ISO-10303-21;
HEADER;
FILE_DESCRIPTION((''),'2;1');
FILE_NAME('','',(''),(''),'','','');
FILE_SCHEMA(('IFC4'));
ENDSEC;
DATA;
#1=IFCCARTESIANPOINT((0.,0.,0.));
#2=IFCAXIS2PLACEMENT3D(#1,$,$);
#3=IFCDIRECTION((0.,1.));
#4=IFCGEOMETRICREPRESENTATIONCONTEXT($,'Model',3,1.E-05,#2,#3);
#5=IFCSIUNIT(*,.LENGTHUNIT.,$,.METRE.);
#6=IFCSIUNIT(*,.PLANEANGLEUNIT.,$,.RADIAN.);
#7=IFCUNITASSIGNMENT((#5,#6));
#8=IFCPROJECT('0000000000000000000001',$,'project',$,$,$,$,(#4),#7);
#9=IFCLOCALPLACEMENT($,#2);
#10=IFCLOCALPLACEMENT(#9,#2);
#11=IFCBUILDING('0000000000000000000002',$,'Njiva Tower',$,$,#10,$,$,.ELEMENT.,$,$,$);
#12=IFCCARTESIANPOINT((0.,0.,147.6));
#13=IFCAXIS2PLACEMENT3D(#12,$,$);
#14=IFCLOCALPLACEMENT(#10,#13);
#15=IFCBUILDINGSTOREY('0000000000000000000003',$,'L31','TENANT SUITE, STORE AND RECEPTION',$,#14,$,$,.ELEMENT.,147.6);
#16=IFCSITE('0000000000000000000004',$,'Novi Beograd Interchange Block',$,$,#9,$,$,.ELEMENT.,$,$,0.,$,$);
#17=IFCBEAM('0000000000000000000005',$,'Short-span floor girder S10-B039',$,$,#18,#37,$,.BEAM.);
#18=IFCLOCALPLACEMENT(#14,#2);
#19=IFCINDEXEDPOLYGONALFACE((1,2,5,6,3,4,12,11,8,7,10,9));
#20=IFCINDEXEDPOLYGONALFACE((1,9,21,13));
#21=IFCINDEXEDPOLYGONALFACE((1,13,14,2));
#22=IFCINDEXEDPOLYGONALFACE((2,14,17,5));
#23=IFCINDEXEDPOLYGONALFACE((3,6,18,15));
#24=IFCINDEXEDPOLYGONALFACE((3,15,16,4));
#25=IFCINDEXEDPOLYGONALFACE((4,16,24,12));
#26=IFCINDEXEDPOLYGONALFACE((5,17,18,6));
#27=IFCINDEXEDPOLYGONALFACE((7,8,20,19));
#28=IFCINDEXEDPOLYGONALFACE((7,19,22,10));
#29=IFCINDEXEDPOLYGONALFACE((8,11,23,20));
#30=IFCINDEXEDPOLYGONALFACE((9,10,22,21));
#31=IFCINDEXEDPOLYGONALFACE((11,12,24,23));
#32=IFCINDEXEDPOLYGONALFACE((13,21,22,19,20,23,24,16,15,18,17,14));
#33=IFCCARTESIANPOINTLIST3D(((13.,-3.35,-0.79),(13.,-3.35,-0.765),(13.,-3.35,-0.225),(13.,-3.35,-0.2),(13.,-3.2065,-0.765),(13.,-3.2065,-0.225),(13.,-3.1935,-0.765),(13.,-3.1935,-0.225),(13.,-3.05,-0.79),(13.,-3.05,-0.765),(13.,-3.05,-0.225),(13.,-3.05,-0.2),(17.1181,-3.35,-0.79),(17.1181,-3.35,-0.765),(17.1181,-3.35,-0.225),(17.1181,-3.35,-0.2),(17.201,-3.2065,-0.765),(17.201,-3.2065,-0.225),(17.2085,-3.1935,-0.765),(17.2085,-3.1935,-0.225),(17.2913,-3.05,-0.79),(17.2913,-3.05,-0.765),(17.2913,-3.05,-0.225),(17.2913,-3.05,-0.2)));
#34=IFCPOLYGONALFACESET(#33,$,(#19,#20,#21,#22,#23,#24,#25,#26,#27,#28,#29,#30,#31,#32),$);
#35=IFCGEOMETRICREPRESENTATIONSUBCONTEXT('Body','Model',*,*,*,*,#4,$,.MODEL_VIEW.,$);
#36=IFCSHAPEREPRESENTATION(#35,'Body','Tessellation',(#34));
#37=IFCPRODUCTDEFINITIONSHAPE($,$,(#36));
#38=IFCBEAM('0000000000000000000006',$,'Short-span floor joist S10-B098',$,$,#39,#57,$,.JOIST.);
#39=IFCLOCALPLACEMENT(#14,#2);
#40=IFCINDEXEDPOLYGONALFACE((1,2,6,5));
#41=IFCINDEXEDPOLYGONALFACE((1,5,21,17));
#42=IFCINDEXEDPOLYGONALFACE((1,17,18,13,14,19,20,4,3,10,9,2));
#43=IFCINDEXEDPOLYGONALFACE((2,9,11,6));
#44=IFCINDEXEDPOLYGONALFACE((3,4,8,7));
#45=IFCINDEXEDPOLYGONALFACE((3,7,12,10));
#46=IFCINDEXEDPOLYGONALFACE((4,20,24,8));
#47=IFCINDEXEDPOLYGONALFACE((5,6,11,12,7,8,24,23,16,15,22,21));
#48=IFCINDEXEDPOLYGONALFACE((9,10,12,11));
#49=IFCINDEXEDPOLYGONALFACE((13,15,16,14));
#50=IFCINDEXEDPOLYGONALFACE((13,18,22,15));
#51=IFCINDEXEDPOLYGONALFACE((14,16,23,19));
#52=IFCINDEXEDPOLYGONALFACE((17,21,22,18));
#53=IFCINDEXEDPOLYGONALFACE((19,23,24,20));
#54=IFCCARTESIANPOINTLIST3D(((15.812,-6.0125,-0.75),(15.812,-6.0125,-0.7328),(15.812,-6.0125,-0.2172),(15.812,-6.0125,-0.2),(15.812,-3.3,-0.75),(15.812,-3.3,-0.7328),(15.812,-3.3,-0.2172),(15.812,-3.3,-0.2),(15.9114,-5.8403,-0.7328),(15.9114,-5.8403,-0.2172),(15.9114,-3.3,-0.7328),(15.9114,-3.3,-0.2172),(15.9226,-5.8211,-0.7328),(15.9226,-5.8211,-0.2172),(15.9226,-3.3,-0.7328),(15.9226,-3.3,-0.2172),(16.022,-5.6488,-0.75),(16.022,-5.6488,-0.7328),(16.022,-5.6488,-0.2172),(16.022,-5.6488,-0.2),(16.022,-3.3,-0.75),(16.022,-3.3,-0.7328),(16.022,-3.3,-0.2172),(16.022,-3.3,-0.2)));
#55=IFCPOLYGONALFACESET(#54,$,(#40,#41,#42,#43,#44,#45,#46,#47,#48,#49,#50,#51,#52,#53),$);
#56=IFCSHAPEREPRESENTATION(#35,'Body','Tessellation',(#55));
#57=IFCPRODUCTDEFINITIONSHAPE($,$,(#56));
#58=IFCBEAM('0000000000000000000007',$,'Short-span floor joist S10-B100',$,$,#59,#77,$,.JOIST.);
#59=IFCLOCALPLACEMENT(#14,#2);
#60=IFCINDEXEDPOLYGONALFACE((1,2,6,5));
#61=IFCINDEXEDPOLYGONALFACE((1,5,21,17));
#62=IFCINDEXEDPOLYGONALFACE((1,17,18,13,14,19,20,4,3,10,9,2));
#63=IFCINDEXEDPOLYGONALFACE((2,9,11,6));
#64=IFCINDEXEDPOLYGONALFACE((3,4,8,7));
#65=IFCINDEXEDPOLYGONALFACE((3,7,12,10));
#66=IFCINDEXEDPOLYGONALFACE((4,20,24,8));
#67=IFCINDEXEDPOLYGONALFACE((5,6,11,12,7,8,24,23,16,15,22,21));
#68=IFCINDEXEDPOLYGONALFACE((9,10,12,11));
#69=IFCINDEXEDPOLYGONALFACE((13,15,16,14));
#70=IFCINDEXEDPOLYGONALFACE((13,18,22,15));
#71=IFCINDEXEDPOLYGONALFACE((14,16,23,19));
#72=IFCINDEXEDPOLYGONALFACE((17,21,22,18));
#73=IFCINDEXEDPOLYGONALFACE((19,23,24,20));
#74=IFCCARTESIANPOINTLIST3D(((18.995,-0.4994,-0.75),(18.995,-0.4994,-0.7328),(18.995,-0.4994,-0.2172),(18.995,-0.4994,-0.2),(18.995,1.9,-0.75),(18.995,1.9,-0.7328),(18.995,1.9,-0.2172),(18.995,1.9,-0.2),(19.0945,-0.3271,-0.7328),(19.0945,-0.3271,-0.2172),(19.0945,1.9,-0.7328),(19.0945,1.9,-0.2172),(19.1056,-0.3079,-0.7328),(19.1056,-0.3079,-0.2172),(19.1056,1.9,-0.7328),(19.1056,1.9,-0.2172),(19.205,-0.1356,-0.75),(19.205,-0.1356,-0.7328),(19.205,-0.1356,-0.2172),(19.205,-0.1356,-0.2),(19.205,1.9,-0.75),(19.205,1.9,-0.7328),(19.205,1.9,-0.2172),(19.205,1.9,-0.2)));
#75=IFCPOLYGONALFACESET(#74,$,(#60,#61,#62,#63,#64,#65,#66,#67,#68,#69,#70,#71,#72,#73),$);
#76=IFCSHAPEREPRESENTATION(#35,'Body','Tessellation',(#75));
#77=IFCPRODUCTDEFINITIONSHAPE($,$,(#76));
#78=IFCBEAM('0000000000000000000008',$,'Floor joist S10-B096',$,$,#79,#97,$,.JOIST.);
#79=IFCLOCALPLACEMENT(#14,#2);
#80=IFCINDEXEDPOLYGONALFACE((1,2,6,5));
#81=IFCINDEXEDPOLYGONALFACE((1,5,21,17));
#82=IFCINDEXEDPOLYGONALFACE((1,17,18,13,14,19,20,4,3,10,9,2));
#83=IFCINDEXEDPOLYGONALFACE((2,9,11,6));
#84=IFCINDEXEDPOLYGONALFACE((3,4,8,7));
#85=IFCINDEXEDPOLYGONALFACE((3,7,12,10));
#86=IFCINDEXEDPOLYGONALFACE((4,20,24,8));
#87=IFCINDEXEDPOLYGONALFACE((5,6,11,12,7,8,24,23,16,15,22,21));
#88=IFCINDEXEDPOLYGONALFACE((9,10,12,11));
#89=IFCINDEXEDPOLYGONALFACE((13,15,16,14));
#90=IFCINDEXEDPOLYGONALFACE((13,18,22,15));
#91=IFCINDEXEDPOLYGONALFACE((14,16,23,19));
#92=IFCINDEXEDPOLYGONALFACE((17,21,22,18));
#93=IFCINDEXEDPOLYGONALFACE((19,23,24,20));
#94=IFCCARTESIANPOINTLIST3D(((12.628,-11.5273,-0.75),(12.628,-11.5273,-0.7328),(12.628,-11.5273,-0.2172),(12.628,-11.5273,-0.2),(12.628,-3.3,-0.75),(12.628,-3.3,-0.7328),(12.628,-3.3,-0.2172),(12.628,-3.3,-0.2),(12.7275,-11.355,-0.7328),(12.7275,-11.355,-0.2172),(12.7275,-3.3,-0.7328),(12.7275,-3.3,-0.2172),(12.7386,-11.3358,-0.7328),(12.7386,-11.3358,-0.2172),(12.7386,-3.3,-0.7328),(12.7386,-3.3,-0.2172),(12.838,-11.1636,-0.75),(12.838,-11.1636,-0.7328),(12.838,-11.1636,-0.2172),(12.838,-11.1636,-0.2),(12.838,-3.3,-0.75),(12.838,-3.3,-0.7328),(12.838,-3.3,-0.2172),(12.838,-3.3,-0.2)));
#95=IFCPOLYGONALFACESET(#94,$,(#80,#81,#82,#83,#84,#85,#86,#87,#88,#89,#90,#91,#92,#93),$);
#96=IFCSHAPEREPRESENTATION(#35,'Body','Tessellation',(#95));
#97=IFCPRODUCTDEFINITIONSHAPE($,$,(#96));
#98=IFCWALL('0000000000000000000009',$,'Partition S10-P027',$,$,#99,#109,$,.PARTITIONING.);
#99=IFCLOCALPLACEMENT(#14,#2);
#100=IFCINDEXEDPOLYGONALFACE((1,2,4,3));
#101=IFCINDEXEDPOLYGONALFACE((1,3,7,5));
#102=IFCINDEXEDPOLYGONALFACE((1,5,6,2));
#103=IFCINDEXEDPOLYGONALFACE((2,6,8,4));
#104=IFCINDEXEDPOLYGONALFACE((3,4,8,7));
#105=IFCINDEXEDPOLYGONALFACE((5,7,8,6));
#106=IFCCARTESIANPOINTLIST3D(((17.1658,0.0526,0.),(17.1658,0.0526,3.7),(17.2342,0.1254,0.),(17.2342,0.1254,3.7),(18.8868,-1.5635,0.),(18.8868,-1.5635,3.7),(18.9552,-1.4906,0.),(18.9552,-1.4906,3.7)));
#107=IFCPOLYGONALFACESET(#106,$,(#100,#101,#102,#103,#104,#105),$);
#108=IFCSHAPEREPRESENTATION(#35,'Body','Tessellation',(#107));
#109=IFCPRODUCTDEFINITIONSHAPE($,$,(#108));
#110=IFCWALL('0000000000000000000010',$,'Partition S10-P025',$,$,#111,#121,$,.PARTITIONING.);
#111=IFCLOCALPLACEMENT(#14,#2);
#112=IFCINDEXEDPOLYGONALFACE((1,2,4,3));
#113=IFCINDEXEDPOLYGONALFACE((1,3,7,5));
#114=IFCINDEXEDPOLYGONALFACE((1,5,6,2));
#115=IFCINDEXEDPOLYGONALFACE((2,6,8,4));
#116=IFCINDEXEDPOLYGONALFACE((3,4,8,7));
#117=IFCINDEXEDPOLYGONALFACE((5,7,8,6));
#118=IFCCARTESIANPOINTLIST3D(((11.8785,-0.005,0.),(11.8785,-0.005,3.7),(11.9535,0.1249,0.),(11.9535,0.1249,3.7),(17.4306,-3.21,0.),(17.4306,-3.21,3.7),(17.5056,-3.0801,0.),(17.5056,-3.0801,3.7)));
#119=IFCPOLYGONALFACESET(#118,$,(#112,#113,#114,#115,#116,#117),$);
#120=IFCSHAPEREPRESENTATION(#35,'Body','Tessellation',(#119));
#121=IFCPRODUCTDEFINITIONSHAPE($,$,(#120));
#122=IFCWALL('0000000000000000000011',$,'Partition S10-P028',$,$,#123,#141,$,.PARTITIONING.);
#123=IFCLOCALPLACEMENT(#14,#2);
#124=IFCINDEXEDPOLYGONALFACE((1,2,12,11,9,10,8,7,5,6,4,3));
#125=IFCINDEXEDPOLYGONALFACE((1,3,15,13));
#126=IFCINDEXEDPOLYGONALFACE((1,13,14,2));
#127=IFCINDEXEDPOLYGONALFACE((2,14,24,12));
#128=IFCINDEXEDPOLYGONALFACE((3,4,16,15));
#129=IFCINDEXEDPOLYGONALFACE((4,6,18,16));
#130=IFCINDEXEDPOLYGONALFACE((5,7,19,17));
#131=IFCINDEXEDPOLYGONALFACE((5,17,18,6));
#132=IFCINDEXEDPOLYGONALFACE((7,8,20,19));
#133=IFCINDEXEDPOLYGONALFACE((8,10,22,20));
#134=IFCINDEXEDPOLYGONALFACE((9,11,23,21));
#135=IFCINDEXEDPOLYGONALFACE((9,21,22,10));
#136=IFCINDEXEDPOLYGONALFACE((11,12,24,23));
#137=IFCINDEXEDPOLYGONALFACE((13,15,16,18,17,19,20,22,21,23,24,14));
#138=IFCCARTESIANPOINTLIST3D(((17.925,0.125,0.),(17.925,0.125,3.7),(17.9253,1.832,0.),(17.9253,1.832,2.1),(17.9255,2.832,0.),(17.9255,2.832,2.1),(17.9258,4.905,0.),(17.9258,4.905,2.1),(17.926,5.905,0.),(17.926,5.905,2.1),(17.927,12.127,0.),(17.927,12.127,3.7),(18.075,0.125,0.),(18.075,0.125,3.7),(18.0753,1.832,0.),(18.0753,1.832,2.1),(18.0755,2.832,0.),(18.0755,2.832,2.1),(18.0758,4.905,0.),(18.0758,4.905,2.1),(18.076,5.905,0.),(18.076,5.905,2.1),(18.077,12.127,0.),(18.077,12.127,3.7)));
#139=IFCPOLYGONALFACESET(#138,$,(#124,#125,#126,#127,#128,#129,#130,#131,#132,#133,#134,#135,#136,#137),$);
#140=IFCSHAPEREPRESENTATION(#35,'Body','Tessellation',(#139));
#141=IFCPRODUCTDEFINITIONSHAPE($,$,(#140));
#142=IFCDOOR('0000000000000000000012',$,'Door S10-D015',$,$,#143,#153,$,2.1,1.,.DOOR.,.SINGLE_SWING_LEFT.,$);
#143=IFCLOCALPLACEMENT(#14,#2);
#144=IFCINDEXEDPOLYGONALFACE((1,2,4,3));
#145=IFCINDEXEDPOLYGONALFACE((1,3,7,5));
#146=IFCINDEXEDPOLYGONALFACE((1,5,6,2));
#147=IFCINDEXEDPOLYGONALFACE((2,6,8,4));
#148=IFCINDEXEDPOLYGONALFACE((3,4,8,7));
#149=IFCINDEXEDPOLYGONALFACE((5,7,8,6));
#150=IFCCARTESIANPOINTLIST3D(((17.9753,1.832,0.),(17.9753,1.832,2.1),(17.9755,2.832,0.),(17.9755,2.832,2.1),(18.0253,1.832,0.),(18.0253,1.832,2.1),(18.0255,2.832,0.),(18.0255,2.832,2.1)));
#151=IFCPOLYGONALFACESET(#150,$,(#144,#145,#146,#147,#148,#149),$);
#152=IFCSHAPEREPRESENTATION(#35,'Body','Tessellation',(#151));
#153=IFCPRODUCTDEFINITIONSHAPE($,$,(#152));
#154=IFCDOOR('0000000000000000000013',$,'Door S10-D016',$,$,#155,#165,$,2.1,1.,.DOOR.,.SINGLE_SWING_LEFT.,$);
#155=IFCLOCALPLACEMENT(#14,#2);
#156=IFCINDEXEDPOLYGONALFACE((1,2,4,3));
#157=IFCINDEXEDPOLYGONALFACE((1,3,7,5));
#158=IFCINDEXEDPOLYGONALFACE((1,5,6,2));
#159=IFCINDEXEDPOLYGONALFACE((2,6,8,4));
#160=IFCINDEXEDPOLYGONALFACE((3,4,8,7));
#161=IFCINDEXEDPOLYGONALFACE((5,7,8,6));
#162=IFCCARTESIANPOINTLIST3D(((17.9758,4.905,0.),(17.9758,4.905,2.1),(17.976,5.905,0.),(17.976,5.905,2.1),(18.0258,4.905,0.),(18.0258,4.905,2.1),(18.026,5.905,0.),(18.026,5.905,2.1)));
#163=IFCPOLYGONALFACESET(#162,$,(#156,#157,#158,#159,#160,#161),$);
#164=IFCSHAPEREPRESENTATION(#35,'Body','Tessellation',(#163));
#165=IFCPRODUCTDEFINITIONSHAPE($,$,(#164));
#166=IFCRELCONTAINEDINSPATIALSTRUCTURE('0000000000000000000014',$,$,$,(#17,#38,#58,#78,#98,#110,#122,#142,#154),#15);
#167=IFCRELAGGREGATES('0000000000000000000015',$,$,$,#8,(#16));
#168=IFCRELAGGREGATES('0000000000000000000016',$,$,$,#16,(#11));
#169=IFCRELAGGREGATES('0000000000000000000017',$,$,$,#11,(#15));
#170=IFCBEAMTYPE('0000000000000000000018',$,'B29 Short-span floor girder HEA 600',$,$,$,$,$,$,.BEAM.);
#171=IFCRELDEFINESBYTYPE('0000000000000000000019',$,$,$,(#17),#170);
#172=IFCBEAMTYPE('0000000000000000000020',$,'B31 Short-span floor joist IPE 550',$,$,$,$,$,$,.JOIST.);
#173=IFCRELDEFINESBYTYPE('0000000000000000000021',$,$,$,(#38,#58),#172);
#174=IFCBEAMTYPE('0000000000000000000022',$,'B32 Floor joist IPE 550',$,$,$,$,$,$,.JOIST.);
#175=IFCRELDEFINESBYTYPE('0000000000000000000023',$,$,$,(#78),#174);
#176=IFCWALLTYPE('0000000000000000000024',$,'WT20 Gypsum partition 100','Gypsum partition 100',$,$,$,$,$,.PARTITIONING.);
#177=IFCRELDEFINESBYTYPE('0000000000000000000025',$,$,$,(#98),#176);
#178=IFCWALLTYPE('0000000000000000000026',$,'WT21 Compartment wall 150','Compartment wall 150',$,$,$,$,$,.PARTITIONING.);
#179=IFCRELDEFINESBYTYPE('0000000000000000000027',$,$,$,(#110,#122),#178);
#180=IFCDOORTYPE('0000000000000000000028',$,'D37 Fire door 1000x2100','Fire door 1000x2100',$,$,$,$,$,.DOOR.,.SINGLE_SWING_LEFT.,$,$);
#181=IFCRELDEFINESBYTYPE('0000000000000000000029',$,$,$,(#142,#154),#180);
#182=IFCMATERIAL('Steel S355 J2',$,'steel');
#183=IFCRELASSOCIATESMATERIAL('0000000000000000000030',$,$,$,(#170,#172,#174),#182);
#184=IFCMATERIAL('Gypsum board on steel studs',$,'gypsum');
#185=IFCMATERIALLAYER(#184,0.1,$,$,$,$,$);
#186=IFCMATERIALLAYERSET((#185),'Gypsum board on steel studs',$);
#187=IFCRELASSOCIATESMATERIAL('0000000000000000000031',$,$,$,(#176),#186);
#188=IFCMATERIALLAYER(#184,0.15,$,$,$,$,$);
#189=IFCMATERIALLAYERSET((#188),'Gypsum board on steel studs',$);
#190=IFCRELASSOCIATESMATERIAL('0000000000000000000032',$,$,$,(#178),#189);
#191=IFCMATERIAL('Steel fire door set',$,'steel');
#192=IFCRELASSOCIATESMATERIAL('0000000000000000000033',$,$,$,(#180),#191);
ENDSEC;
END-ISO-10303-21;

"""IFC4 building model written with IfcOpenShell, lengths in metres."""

from ifc_helpers import new_model, si_unit, direction, frame, frame_2d, origin, origin_2d, place, context, subcontext, project, spatial, rectangle, i_section, extrude, clip, halfspace, material, layer, layer_set, material_profile, profile_set, type_object, element, fill, save


model = new_model("IFC4")

# Units and contexts
model_context = context("Model", 3, precision=1e-05, world=origin(), true_north=direction((0.0, 1.0)))
body_context = subcontext(model_context, "Body", "Model", "MODEL_VIEW")
ifc_project = project(units=[si_unit("LENGTHUNIT", "METRE"), si_unit("PLANEANGLEUNIT", "RADIAN")], contexts=[model_context])

# Site, building, storey
site_placement = place(None, origin())
site = spatial("IfcSite", under=ifc_project, at=site_placement, Name="Novi Beograd Interchange Block", CompositionType="ELEMENT", RefElevation=0.0)
building_placement = place(site_placement, origin())
building = spatial("IfcBuilding", under=site, at=building_placement, Name="Njiva Tower", CompositionType="ELEMENT")
storey_placement = place(building_placement, frame((0.0, 0.0, 147.6)))
storey = spatial("IfcBuildingStorey", under=building, at=storey_placement, Name="L31", Description="TENANT SUITE, STORE AND RECEPTION", CompositionType="ELEMENT", Elevation=147.6)

# Shared definitions
ifc_material_1 = material(Name="Steel S355 J2", Category="steel")

# Beams
ifc_material_profile_1 = material_profile(ifc_material_1, i_section(OverallWidth=0.3, OverallDepth=0.59, WebThickness=0.013, FlangeThickness=0.025, at=origin_2d()), Name="HEA 600")
ifc_profile_set_1 = profile_set([ifc_material_profile_1], Name="Steel S355 J2")
beam_type_1 = type_object("IfcBeamType", Name="B29 Short-span floor girder HEA 600", PredefinedType="BEAM", material=ifc_profile_set_1)
beam_1_placement = place(storey_placement, frame((13.0, -3.2, -0.495), z_axis=(1.0, 0.0, 0.0), x_axis=(0.0, 1.0, 0.0)))
element("IfcBeam", 1, at=beam_1_placement, inside=storey, type_object=beam_type_1, Name="Short-span floor girder S10-B039", PredefinedType="BEAM", context=body_context, shape_type="Clipping", body=[
    clip(extrude(i_section(OverallWidth=0.3, OverallDepth=0.59, WebThickness=0.013, FlangeThickness=0.025, at=origin_2d()), origin(), (0.0, 0.0, 1.0), 4.312), halfspace(frame((-0.025, 0.0, 4.1903), z_axis=(-0.499998, 0.0, 0.866027), x_axis=(0.0, 1.0, 0.0)), False)),
])
ifc_material_profile_2 = material_profile(ifc_material_1, i_section(OverallWidth=0.21, OverallDepth=0.55, WebThickness=0.0111, FlangeThickness=0.0172, at=origin_2d()), Name="IPE 550")
ifc_profile_set_2 = profile_set([ifc_material_profile_2], Name="Steel S355 J2")
beam_type_2 = type_object("IfcBeamType", Name="B31 Short-span floor joist IPE 550", PredefinedType="JOIST", material=ifc_profile_set_2)
beam_2_placement = place(storey_placement, frame((15.917, -3.3, -0.475), z_axis=(0.0, -1.0, 0.0), x_axis=(1.0, 0.0, 0.0)))
element("IfcBeam", 2, at=beam_2_placement, inside=storey, type_object=beam_type_2, Name="Short-span floor joist S10-B098", PredefinedType="JOIST", context=body_context, shape_type="Clipping", body=[
    clip(extrude(i_section(OverallWidth=0.21, OverallDepth=0.55, WebThickness=0.0111, FlangeThickness=0.0172, at=origin_2d()), origin(), (0.0, 0.0, 1.0), 2.733), halfspace(frame((0.043, 0.0, 2.4562), z_axis=(0.866027, 0.0, 0.499998), x_axis=(0.0, 1.0, 0.0)), False)),
])
beam_3_placement = place(storey_placement, frame((19.1, 1.9, -0.475), z_axis=(0.0, -1.0, 0.0), x_axis=(1.0, 0.0, 0.0)))
element("IfcBeam", 3, at=beam_3_placement, inside=storey, type_object=beam_type_2, Name="Short-span floor joist S10-B100", PredefinedType="JOIST", context=body_context, shape_type="Clipping", body=[
    clip(extrude(i_section(OverallWidth=0.21, OverallDepth=0.55, WebThickness=0.0111, FlangeThickness=0.0172, at=origin_2d()), origin(), (0.0, 0.0, 1.0), 2.419), halfspace(frame((0.0433, 0.0, 2.1425), z_axis=(0.866027, 0.0, 0.499998), x_axis=(0.0, 1.0, 0.0)), False)),
])
ifc_material_profile_3 = material_profile(ifc_material_1, i_section(OverallWidth=0.21, OverallDepth=0.55, WebThickness=0.0111, FlangeThickness=0.0172, at=origin_2d()), Name="IPE 550")
ifc_profile_set_3 = profile_set([ifc_material_profile_3], Name="Steel S355 J2")
beam_type_3 = type_object("IfcBeamType", Name="B32 Floor joist IPE 550", PredefinedType="JOIST", material=ifc_profile_set_3)
beam_4_placement = place(storey_placement, frame((12.733, -3.3, -0.475), z_axis=(0.0, -1.0, 0.0), x_axis=(1.0, 0.0, 0.0)))
element("IfcBeam", 4, at=beam_4_placement, inside=storey, type_object=beam_type_3, Name="Floor joist S10-B096", PredefinedType="JOIST", context=body_context, shape_type="Clipping", body=[
    clip(extrude(i_section(OverallWidth=0.21, OverallDepth=0.55, WebThickness=0.0111, FlangeThickness=0.0172, at=origin_2d()), origin(), (0.0, 0.0, 1.0), 8.247), halfspace(frame((0.0436, 0.0, 7.9699), z_axis=(0.866027, 0.0, 0.499998), x_axis=(0.0, 1.0, 0.0)), False)),
])

# Walls
ifc_material_2 = material(Name="Gypsum board on steel studs", Category="gypsum")
ifc_layer_1 = layer(ifc_material_2, 0.1)
ifc_layer_set_1 = layer_set([ifc_layer_1], Name="Gypsum board on steel studs")
wall_type_1 = type_object("IfcWallType", Name="WT20 Gypsum partition 100", Description="Gypsum partition 100", PredefinedType="PARTITIONING", material=ifc_layer_set_1)
wall_1_placement = place(storey_placement, frame((17.2, 0.089, 0.0), z_axis=(0.0, 0.0, 1.0), x_axis=(0.728995, -0.684519, 0.0)))
element("IfcWall", 5, at=wall_1_placement, inside=storey, type_object=wall_type_1, Name="Partition S10-P027", PredefinedType="PARTITIONING", context=body_context, shape_type="SweptSolid", body=[
    extrude(rectangle(XDim=2.3608, YDim=0.1, at=frame_2d((1.1804, 0.0))), origin(), (0.0, 0.0, 1.0), 3.7),
])
ifc_layer_2 = layer(ifc_material_2, 0.15)
ifc_layer_set_2 = layer_set([ifc_layer_2], Name="Gypsum board on steel studs")
wall_type_2 = type_object("IfcWallType", Name="WT21 Compartment wall 150", Description="Compartment wall 150", PredefinedType="PARTITIONING", material=ifc_layer_set_2)
wall_2_placement = place(storey_placement, frame((11.916, 0.06, 0.0), z_axis=(0.0, 0.0, 1.0), x_axis=(0.866056, -0.499948, 0.0)))
element("IfcWall", 6, at=wall_2_placement, inside=storey, type_object=wall_type_2, Name="Partition S10-P025", PredefinedType="PARTITIONING", context=body_context, shape_type="SweptSolid", body=[
    extrude(rectangle(XDim=6.4107, YDim=0.15, at=frame_2d((3.2054, 0.0))), origin(), (0.0, 0.0, 1.0), 3.7),
])

# Wall, openings, doors
wall_3_placement = place(storey_placement, frame((18.0, 0.125, 0.0), z_axis=(0.0, 0.0, 1.0), x_axis=(0.000167, 1.0, 0.0)))
wall_3 = element("IfcWall", 7, at=wall_3_placement, inside=storey, type_object=wall_type_2, Name="Partition S10-P028", PredefinedType="PARTITIONING", context=body_context, shape_type="SweptSolid", body=[
    extrude(rectangle(XDim=12.002, YDim=0.15, at=frame_2d((6.001, 0.0))), origin(), (0.0, 0.0, 1.0), 3.7),
])
opening_1_placement = place(wall_3_placement, frame((1.707, 0.0, 0.0)))
opening_1 = element("IfcOpeningElement", 8, at=opening_1_placement, cuts=wall_3, PredefinedType="OPENING", context=body_context, shape_type="SweptSolid", body=[
    extrude(rectangle(XDim=1.0, YDim=2.1, at=frame_2d((0.5, 1.05))), frame((0.0, 0.085, 0.0), z_axis=(0.0, -1.0, 0.0), x_axis=(1.0, 0.0, 0.0)), (0.0, 0.0, 1.0), 0.17),
])
opening_2_placement = place(wall_3_placement, frame((4.78, 0.0, 0.0)))
opening_2 = element("IfcOpeningElement", 9, at=opening_2_placement, cuts=wall_3, PredefinedType="OPENING", context=body_context, shape_type="SweptSolid", body=[
    extrude(rectangle(XDim=1.0, YDim=2.1, at=frame_2d((0.5, 1.05))), frame((0.0, 0.085, 0.0), z_axis=(0.0, -1.0, 0.0), x_axis=(1.0, 0.0, 0.0)), (0.0, 0.0, 1.0), 0.17),
])
ifc_material_3 = material(Name="Steel fire door set", Category="steel")
door_type = type_object("IfcDoorType", Name="D37 Fire door 1000x2100", Description="Fire door 1000x2100", OperationType="SINGLE_SWING_LEFT", PredefinedType="DOOR", material=ifc_material_3)
door_1_placement = place(opening_1_placement, origin())
door_1 = element("IfcDoor", 10, at=door_1_placement, inside=storey, type_object=door_type, Name="Door S10-D015", OperationType="SINGLE_SWING_LEFT", OverallHeight=2.1, OverallWidth=1.0, PredefinedType="DOOR", context=body_context, shape_type="SweptSolid", body=[
    extrude(rectangle(XDim=1.0, YDim=2.1, at=frame_2d((0.5, 1.05))), frame((0.0, 0.025, 0.0), z_axis=(0.0, -1.0, 0.0), x_axis=(1.0, 0.0, 0.0)), (0.0, 0.0, 1.0), 0.05),
])
fill(opening_1, door_1)
door_2_placement = place(opening_2_placement, origin())
door_2 = element("IfcDoor", 11, at=door_2_placement, inside=storey, type_object=door_type, Name="Door S10-D016", OperationType="SINGLE_SWING_LEFT", OverallHeight=2.1, OverallWidth=1.0, PredefinedType="DOOR", context=body_context, shape_type="SweptSolid", body=[
    extrude(rectangle(XDim=1.0, YDim=2.1, at=frame_2d((0.5, 1.05))), frame((0.0, 0.025, 0.0), z_axis=(0.0, -1.0, 0.0), x_axis=(1.0, 0.0, 0.0)), (0.0, 0.0, 1.0), 0.05),
])
fill(opening_2, door_2)

save(model, "model.ifc")
